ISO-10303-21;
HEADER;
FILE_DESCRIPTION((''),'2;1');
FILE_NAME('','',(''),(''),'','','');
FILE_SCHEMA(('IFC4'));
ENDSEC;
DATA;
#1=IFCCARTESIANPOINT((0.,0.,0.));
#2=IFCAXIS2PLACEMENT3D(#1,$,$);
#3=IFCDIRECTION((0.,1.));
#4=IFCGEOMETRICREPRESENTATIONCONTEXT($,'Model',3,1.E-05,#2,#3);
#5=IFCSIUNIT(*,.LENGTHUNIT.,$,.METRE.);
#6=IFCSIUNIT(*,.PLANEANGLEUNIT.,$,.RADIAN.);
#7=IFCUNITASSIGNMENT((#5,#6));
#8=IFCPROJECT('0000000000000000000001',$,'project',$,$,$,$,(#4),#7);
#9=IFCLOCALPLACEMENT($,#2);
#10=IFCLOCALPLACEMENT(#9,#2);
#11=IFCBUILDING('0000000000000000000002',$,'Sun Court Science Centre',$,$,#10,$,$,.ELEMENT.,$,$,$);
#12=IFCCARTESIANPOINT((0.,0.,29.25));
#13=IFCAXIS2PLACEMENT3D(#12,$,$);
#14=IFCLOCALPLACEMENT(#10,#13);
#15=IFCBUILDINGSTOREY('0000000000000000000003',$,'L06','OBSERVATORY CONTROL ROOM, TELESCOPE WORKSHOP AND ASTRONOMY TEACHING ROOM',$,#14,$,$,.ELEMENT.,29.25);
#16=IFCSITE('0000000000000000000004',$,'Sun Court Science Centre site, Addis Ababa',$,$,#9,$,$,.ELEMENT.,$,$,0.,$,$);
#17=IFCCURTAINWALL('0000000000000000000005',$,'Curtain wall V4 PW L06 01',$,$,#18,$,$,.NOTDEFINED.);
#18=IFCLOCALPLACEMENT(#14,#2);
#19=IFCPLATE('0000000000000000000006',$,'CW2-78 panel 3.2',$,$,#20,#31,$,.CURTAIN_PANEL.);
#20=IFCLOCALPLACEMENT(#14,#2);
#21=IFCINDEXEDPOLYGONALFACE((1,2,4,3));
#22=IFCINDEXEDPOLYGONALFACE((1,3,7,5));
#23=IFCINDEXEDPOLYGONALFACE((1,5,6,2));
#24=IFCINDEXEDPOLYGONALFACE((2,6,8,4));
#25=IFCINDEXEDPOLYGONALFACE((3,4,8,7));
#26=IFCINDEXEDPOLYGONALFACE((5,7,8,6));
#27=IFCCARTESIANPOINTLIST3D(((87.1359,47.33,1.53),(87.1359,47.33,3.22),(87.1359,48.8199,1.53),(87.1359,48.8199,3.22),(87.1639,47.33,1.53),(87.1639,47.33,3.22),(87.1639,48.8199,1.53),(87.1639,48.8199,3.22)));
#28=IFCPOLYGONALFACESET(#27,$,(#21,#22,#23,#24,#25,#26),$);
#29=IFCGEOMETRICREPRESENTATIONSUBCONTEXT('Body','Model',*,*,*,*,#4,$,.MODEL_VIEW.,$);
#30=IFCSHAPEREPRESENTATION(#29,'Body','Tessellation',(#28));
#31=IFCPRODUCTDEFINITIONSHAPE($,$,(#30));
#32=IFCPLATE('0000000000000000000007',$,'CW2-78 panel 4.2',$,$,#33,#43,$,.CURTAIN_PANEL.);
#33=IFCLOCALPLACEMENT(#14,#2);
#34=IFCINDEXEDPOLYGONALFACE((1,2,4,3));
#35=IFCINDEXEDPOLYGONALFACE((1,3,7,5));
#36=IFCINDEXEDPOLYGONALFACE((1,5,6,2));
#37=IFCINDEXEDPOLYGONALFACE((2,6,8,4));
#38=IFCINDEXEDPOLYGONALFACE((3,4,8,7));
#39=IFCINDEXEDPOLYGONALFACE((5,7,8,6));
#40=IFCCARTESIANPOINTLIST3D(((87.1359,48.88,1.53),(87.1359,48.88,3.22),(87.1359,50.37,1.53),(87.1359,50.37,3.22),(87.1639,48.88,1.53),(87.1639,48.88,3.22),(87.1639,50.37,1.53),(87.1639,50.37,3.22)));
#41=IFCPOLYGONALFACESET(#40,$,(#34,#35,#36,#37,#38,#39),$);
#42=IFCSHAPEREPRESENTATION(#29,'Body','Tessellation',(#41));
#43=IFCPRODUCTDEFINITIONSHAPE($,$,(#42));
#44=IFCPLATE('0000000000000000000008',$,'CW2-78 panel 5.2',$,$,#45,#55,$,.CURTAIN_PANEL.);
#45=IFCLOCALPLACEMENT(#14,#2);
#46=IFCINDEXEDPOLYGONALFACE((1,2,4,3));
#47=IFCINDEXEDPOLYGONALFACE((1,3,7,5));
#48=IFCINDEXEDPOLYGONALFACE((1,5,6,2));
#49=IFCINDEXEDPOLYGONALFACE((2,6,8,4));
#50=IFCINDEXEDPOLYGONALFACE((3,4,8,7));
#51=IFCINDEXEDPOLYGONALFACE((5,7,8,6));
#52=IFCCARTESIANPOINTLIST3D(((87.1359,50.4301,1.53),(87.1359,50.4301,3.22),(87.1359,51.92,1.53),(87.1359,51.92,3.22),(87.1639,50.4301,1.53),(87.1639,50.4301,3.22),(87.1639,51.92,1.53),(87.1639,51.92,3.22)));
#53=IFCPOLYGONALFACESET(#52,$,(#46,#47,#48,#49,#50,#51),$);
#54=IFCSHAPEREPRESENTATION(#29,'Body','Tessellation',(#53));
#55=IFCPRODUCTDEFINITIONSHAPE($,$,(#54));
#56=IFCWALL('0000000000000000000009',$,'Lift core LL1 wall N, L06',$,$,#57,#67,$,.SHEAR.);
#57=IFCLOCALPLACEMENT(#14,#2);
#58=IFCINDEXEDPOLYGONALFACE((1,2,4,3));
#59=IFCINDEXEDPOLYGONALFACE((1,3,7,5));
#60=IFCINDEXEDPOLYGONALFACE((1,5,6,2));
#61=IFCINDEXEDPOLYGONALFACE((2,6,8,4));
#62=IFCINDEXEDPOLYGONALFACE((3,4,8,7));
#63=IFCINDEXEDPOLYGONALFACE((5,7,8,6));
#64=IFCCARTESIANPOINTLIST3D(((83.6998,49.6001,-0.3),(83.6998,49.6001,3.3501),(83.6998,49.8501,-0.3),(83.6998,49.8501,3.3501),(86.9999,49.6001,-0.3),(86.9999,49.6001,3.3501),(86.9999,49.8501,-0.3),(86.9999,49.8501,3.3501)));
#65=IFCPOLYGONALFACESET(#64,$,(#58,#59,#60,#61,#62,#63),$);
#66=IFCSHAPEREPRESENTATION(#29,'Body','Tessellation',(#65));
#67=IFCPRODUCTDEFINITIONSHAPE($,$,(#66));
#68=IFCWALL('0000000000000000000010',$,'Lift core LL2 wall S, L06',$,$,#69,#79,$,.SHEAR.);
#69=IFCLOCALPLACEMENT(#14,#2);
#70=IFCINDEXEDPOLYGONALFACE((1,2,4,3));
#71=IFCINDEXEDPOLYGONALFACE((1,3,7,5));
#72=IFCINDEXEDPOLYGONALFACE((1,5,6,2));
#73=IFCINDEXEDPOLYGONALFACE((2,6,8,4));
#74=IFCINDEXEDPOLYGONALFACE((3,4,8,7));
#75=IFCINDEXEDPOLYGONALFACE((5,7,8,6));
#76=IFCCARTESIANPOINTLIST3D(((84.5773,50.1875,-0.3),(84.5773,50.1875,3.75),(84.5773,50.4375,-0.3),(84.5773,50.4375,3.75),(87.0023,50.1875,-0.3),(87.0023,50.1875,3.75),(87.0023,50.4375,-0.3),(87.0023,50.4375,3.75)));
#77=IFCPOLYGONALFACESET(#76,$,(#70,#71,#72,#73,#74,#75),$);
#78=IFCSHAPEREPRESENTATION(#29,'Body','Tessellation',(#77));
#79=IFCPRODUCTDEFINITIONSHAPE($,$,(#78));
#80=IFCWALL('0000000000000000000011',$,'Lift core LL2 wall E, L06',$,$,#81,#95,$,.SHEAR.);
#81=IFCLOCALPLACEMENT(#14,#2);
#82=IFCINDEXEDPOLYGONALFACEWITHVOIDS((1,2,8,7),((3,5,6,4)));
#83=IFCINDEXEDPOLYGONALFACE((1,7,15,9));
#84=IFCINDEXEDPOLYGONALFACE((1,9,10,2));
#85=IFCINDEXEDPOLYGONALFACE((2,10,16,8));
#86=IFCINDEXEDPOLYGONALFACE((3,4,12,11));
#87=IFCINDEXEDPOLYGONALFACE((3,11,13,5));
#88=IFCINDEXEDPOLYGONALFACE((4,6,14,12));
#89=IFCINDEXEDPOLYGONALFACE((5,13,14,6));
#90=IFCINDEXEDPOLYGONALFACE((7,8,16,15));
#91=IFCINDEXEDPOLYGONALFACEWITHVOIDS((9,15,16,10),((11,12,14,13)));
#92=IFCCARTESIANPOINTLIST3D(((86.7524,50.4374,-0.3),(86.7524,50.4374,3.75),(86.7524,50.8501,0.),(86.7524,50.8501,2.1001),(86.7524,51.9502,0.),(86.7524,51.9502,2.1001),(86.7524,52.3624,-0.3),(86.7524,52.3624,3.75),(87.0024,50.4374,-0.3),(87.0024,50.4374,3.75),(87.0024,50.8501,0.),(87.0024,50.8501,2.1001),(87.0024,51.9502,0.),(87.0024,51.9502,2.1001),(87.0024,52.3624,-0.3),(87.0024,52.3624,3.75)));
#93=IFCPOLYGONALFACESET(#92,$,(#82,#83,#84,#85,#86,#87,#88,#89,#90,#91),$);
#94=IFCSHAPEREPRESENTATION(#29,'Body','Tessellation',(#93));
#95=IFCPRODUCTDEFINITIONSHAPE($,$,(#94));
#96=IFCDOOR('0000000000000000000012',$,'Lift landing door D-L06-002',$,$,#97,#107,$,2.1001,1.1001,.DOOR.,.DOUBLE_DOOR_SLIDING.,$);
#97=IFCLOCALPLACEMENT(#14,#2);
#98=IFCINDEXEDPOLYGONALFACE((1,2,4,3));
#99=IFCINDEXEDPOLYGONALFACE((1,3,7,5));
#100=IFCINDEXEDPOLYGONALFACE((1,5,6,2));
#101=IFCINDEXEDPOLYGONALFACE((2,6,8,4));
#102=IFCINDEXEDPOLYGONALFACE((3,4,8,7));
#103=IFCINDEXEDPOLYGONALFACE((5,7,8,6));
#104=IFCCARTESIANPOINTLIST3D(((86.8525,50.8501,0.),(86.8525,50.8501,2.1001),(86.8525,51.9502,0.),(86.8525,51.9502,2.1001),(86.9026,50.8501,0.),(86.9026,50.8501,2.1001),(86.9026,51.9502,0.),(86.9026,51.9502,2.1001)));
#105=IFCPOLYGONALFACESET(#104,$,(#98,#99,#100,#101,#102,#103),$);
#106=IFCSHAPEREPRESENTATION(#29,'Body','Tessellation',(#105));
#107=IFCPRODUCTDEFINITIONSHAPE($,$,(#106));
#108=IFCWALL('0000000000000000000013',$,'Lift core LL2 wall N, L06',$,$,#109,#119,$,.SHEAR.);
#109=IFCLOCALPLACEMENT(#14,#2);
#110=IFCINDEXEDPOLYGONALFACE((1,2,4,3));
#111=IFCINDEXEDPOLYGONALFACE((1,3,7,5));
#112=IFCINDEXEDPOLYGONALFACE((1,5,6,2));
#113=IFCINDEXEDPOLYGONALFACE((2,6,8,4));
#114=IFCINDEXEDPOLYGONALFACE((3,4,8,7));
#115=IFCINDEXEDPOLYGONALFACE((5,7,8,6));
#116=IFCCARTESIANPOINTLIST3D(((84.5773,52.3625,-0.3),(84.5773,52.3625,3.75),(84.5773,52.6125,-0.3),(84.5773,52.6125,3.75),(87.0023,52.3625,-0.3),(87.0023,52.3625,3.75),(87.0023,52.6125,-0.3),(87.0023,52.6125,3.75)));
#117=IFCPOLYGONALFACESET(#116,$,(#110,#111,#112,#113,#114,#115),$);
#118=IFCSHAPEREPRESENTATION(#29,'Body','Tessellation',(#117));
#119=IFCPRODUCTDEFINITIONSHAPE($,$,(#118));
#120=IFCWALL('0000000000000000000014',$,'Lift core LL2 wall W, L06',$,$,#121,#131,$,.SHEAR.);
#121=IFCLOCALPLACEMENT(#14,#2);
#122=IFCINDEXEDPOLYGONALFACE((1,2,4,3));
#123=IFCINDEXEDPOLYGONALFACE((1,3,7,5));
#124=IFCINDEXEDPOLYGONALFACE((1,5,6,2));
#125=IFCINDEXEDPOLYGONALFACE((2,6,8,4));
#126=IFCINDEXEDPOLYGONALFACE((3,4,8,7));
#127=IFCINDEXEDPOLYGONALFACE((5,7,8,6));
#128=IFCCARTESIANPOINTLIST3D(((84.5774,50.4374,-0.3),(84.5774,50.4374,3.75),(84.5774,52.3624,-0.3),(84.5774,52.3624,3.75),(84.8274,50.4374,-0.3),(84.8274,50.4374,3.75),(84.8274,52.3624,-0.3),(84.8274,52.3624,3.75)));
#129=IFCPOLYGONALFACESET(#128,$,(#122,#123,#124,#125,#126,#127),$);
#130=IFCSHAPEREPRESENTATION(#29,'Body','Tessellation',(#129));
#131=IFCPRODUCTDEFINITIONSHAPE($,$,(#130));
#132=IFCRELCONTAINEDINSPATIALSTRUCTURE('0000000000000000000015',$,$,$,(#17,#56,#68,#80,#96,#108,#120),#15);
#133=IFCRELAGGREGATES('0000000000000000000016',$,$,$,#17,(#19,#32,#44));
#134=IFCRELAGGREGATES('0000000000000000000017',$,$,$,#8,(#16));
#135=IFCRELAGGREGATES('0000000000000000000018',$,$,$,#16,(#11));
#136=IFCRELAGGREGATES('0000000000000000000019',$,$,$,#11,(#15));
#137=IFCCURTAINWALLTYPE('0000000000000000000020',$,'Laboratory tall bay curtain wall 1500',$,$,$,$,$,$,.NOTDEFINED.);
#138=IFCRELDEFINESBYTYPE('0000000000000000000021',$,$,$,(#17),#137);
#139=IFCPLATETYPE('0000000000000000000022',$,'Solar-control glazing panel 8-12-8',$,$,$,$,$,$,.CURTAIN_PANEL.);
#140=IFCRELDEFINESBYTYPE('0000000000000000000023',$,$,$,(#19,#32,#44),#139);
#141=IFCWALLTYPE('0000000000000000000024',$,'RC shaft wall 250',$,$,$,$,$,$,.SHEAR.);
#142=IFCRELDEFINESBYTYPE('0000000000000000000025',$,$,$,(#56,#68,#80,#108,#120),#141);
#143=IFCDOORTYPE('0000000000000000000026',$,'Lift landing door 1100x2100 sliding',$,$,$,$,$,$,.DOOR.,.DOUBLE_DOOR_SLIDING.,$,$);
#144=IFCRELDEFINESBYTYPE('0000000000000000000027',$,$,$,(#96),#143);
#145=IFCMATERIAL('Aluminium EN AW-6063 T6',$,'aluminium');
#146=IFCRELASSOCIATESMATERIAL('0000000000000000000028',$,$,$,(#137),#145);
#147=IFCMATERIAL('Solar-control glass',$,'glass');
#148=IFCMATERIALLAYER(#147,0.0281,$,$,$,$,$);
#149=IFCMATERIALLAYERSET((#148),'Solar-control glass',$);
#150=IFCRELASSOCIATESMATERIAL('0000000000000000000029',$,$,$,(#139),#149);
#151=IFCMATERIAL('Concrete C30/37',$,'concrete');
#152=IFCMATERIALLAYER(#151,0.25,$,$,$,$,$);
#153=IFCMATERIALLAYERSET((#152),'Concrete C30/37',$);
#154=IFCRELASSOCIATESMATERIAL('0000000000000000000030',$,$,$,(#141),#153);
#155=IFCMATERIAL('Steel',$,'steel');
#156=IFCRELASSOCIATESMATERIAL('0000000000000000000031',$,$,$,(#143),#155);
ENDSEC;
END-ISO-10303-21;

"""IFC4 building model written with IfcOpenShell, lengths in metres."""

from ifc_helpers import new_model, si_unit, direction, frame, frame_2d, origin, origin_2d, place, context, subcontext, project, spatial, rectangle, extrude, material, layer, layer_set, type_object, element, fill, aggregate, save


model = new_model("IFC4")

# Units and contexts
model_context = context("Model", 3, precision=1e-05, world=origin(), true_north=direction((0.0, 1.0)))
body_context = subcontext(model_context, "Body", "Model", "MODEL_VIEW")
ifc_project = project(units=[si_unit("LENGTHUNIT", "METRE"), si_unit("PLANEANGLEUNIT", "RADIAN")], contexts=[model_context])

# Site, building, storey
site_placement = place(None, origin())
site = spatial("IfcSite", under=ifc_project, at=site_placement, Name="Sun Court Science Centre site, Addis Ababa", CompositionType="ELEMENT", RefElevation=0.0)
building_placement = place(site_placement, origin())
building = spatial("IfcBuilding", under=site, at=building_placement, Name="Sun Court Science Centre", CompositionType="ELEMENT")
storey_placement = place(building_placement, frame((0.0, 0.0, 29.25)))
storey = spatial("IfcBuildingStorey", under=building, at=storey_placement, Name="L06", Description="OBSERVATORY CONTROL ROOM, TELESCOPE WORKSHOP AND ASTRONOMY TEACHING ROOM", CompositionType="ELEMENT", Elevation=29.25)

# Curtain wall
ifc_material_1 = material(Name="Aluminium EN AW-6063 T6", Category="aluminium")
curtain_wall_type = type_object("IfcCurtainWallType", Name="Laboratory tall bay curtain wall 1500", PredefinedType="NOTDEFINED", material=ifc_material_1)
curtain_wall_placement = place(storey_placement, origin())
curtain_wall = element("IfcCurtainWall", 1, at=curtain_wall_placement, inside=storey, type_object=curtain_wall_type, Name="Curtain wall V4 PW L06 01", PredefinedType="NOTDEFINED")

# Plates
ifc_material_2 = material(Name="Solar-control glass", Category="glass")
ifc_layer_1 = layer(ifc_material_2, 0.0281)
ifc_layer_set_1 = layer_set([ifc_layer_1], Name="Solar-control glass")
plate_type = type_object("IfcPlateType", Name="Solar-control glazing panel 8-12-8", PredefinedType="CURTAIN_PANEL", material=ifc_layer_set_1)
plate_1_placement = place(storey_placement, frame((87.1499, 48.075, 1.53), z_axis=(0.0, 0.0, 1.0), x_axis=(0.0, 1.0, 0.0)))
plate_1 = element("IfcPlate", 2, at=plate_1_placement, type_object=plate_type, Name="CW2-78 panel 3.2", PredefinedType="CURTAIN_PANEL", context=body_context, shape_type="SweptSolid", body=[
    extrude(rectangle(XDim=1.49, YDim=0.0281, at=origin_2d()), origin(), (0.0, 0.0, 1.0), 1.6899),
])
plate_2_placement = place(storey_placement, frame((87.1499, 49.625, 1.53), z_axis=(0.0, 0.0, 1.0), x_axis=(0.0, 1.0, 0.0)))
plate_2 = element("IfcPlate", 3, at=plate_2_placement, type_object=plate_type, Name="CW2-78 panel 4.2", PredefinedType="CURTAIN_PANEL", context=body_context, shape_type="SweptSolid", body=[
    extrude(rectangle(XDim=1.49, YDim=0.0281, at=origin_2d()), origin(), (0.0, 0.0, 1.0), 1.6899),
])
plate_3_placement = place(storey_placement, frame((87.1499, 51.175, 1.53), z_axis=(0.0, 0.0, 1.0), x_axis=(0.0, 1.0, 0.0)))
plate_3 = element("IfcPlate", 4, at=plate_3_placement, type_object=plate_type, Name="CW2-78 panel 5.2", PredefinedType="CURTAIN_PANEL", context=body_context, shape_type="SweptSolid", body=[
    extrude(rectangle(XDim=1.49, YDim=0.0281, at=origin_2d()), origin(), (0.0, 0.0, 1.0), 1.6899),
])
aggregate(curtain_wall, [plate_1, plate_2, plate_3])

# Walls
ifc_material_3 = material(Name="Concrete C30/37", Category="concrete")
ifc_layer_2 = layer(ifc_material_3, 0.25)
ifc_layer_set_2 = layer_set([ifc_layer_2], Name="Concrete C30/37")
wall_type = type_object("IfcWallType", Name="RC shaft wall 250", PredefinedType="SHEAR", material=ifc_layer_set_2)
wall_1_placement = place(storey_placement, frame((83.7, 49.7251, -0.3), z_axis=(0.0, 0.0, 1.0), x_axis=(1.0, 0.0, 0.0)))
element("IfcWall", 5, at=wall_1_placement, inside=storey, type_object=wall_type, Name="Lift core LL1 wall N, L06", PredefinedType="SHEAR", context=body_context, shape_type="SweptSolid", body=[
    extrude(rectangle(XDim=3.3, YDim=0.25, at=frame_2d((1.6499, 0.0))), origin(), (0.0, 0.0, 1.0), 3.6501),
])
wall_2_placement = place(storey_placement, frame((84.5774, 50.3125, -0.3), z_axis=(0.0, 0.0, 1.0), x_axis=(1.0, 0.0, 0.0)))
element("IfcWall", 6, at=wall_2_placement, inside=storey, type_object=wall_type, Name="Lift core LL2 wall S, L06", PredefinedType="SHEAR", context=body_context, shape_type="SweptSolid", body=[
    extrude(rectangle(XDim=2.425, YDim=0.25, at=frame_2d((1.2124, 0.0))), origin(), (0.0, 0.0, 1.0), 4.05),
])

# Wall, opening, door
wall_3_placement = place(storey_placement, frame((86.8774, 50.4375, -0.3), z_axis=(0.0, 0.0, 1.0), x_axis=(0.0, 1.0, 0.0)))
wall_3 = element("IfcWall", 7, at=wall_3_placement, inside=storey, type_object=wall_type, Name="Lift core LL2 wall E, L06", PredefinedType="SHEAR", context=body_context, shape_type="SweptSolid", body=[
    extrude(rectangle(XDim=1.925, YDim=0.25, at=frame_2d((0.9624, 0.0))), origin(), (0.0, 0.0, 1.0), 4.05),
])
opening_placement = place(wall_3_placement, frame((0.4126, 0.0, 0.3)))
opening = element("IfcOpeningElement", 8, at=opening_placement, cuts=wall_3, PredefinedType="OPENING", context=body_context, shape_type="SweptSolid", body=[
    extrude(rectangle(XDim=1.1001, YDim=2.1001, at=frame_2d((0.55, 1.05))), frame((0.0, 0.135, 0.0), z_axis=(0.0, -1.0, 0.0), x_axis=(1.0, 0.0, 0.0)), (0.0, 0.0, 1.0), 0.27),
])
ifc_material_4 = material(Name="Steel", Category="steel")
door_type = type_object("IfcDoorType", Name="Lift landing door 1100x2100 sliding", OperationType="DOUBLE_DOOR_SLIDING", PredefinedType="DOOR", material=ifc_material_4)
door_placement = place(opening_placement, origin())
door = element("IfcDoor", 9, at=door_placement, inside=storey, type_object=door_type, Name="Lift landing door D-L06-002", OperationType="DOUBLE_DOOR_SLIDING", OverallHeight=2.1001, OverallWidth=1.1001, PredefinedType="DOOR", context=body_context, shape_type="SweptSolid", body=[
    extrude(rectangle(XDim=1.1001, YDim=2.1001, at=frame_2d((0.55, 1.05))), frame((0.0, 0.0249, 0.0), z_axis=(0.0, -1.0, 0.0), x_axis=(1.0, 0.0, 0.0)), (0.0, 0.0, 1.0), 0.05),
])
fill(opening, door)

# Walls
wall_4_placement = place(storey_placement, frame((84.5774, 52.4875, -0.3), z_axis=(0.0, 0.0, 1.0), x_axis=(1.0, 0.0, 0.0)))
element("IfcWall", 10, at=wall_4_placement, inside=storey, type_object=wall_type, Name="Lift core LL2 wall N, L06", PredefinedType="SHEAR", context=body_context, shape_type="SweptSolid", body=[
    extrude(rectangle(XDim=2.425, YDim=0.25, at=frame_2d((1.2124, 0.0))), origin(), (0.0, 0.0, 1.0), 4.05),
])
wall_5_placement = place(storey_placement, frame((84.7024, 50.4375, -0.3), z_axis=(0.0, 0.0, 1.0), x_axis=(0.0, 1.0, 0.0)))
element("IfcWall", 11, at=wall_5_placement, inside=storey, type_object=wall_type, Name="Lift core LL2 wall W, L06", PredefinedType="SHEAR", context=body_context, shape_type="SweptSolid", body=[
    extrude(rectangle(XDim=1.925, YDim=0.25, at=frame_2d((0.9624, 0.0))), origin(), (0.0, 0.0, 1.0), 4.05),
])

save(model, "model.ifc")
